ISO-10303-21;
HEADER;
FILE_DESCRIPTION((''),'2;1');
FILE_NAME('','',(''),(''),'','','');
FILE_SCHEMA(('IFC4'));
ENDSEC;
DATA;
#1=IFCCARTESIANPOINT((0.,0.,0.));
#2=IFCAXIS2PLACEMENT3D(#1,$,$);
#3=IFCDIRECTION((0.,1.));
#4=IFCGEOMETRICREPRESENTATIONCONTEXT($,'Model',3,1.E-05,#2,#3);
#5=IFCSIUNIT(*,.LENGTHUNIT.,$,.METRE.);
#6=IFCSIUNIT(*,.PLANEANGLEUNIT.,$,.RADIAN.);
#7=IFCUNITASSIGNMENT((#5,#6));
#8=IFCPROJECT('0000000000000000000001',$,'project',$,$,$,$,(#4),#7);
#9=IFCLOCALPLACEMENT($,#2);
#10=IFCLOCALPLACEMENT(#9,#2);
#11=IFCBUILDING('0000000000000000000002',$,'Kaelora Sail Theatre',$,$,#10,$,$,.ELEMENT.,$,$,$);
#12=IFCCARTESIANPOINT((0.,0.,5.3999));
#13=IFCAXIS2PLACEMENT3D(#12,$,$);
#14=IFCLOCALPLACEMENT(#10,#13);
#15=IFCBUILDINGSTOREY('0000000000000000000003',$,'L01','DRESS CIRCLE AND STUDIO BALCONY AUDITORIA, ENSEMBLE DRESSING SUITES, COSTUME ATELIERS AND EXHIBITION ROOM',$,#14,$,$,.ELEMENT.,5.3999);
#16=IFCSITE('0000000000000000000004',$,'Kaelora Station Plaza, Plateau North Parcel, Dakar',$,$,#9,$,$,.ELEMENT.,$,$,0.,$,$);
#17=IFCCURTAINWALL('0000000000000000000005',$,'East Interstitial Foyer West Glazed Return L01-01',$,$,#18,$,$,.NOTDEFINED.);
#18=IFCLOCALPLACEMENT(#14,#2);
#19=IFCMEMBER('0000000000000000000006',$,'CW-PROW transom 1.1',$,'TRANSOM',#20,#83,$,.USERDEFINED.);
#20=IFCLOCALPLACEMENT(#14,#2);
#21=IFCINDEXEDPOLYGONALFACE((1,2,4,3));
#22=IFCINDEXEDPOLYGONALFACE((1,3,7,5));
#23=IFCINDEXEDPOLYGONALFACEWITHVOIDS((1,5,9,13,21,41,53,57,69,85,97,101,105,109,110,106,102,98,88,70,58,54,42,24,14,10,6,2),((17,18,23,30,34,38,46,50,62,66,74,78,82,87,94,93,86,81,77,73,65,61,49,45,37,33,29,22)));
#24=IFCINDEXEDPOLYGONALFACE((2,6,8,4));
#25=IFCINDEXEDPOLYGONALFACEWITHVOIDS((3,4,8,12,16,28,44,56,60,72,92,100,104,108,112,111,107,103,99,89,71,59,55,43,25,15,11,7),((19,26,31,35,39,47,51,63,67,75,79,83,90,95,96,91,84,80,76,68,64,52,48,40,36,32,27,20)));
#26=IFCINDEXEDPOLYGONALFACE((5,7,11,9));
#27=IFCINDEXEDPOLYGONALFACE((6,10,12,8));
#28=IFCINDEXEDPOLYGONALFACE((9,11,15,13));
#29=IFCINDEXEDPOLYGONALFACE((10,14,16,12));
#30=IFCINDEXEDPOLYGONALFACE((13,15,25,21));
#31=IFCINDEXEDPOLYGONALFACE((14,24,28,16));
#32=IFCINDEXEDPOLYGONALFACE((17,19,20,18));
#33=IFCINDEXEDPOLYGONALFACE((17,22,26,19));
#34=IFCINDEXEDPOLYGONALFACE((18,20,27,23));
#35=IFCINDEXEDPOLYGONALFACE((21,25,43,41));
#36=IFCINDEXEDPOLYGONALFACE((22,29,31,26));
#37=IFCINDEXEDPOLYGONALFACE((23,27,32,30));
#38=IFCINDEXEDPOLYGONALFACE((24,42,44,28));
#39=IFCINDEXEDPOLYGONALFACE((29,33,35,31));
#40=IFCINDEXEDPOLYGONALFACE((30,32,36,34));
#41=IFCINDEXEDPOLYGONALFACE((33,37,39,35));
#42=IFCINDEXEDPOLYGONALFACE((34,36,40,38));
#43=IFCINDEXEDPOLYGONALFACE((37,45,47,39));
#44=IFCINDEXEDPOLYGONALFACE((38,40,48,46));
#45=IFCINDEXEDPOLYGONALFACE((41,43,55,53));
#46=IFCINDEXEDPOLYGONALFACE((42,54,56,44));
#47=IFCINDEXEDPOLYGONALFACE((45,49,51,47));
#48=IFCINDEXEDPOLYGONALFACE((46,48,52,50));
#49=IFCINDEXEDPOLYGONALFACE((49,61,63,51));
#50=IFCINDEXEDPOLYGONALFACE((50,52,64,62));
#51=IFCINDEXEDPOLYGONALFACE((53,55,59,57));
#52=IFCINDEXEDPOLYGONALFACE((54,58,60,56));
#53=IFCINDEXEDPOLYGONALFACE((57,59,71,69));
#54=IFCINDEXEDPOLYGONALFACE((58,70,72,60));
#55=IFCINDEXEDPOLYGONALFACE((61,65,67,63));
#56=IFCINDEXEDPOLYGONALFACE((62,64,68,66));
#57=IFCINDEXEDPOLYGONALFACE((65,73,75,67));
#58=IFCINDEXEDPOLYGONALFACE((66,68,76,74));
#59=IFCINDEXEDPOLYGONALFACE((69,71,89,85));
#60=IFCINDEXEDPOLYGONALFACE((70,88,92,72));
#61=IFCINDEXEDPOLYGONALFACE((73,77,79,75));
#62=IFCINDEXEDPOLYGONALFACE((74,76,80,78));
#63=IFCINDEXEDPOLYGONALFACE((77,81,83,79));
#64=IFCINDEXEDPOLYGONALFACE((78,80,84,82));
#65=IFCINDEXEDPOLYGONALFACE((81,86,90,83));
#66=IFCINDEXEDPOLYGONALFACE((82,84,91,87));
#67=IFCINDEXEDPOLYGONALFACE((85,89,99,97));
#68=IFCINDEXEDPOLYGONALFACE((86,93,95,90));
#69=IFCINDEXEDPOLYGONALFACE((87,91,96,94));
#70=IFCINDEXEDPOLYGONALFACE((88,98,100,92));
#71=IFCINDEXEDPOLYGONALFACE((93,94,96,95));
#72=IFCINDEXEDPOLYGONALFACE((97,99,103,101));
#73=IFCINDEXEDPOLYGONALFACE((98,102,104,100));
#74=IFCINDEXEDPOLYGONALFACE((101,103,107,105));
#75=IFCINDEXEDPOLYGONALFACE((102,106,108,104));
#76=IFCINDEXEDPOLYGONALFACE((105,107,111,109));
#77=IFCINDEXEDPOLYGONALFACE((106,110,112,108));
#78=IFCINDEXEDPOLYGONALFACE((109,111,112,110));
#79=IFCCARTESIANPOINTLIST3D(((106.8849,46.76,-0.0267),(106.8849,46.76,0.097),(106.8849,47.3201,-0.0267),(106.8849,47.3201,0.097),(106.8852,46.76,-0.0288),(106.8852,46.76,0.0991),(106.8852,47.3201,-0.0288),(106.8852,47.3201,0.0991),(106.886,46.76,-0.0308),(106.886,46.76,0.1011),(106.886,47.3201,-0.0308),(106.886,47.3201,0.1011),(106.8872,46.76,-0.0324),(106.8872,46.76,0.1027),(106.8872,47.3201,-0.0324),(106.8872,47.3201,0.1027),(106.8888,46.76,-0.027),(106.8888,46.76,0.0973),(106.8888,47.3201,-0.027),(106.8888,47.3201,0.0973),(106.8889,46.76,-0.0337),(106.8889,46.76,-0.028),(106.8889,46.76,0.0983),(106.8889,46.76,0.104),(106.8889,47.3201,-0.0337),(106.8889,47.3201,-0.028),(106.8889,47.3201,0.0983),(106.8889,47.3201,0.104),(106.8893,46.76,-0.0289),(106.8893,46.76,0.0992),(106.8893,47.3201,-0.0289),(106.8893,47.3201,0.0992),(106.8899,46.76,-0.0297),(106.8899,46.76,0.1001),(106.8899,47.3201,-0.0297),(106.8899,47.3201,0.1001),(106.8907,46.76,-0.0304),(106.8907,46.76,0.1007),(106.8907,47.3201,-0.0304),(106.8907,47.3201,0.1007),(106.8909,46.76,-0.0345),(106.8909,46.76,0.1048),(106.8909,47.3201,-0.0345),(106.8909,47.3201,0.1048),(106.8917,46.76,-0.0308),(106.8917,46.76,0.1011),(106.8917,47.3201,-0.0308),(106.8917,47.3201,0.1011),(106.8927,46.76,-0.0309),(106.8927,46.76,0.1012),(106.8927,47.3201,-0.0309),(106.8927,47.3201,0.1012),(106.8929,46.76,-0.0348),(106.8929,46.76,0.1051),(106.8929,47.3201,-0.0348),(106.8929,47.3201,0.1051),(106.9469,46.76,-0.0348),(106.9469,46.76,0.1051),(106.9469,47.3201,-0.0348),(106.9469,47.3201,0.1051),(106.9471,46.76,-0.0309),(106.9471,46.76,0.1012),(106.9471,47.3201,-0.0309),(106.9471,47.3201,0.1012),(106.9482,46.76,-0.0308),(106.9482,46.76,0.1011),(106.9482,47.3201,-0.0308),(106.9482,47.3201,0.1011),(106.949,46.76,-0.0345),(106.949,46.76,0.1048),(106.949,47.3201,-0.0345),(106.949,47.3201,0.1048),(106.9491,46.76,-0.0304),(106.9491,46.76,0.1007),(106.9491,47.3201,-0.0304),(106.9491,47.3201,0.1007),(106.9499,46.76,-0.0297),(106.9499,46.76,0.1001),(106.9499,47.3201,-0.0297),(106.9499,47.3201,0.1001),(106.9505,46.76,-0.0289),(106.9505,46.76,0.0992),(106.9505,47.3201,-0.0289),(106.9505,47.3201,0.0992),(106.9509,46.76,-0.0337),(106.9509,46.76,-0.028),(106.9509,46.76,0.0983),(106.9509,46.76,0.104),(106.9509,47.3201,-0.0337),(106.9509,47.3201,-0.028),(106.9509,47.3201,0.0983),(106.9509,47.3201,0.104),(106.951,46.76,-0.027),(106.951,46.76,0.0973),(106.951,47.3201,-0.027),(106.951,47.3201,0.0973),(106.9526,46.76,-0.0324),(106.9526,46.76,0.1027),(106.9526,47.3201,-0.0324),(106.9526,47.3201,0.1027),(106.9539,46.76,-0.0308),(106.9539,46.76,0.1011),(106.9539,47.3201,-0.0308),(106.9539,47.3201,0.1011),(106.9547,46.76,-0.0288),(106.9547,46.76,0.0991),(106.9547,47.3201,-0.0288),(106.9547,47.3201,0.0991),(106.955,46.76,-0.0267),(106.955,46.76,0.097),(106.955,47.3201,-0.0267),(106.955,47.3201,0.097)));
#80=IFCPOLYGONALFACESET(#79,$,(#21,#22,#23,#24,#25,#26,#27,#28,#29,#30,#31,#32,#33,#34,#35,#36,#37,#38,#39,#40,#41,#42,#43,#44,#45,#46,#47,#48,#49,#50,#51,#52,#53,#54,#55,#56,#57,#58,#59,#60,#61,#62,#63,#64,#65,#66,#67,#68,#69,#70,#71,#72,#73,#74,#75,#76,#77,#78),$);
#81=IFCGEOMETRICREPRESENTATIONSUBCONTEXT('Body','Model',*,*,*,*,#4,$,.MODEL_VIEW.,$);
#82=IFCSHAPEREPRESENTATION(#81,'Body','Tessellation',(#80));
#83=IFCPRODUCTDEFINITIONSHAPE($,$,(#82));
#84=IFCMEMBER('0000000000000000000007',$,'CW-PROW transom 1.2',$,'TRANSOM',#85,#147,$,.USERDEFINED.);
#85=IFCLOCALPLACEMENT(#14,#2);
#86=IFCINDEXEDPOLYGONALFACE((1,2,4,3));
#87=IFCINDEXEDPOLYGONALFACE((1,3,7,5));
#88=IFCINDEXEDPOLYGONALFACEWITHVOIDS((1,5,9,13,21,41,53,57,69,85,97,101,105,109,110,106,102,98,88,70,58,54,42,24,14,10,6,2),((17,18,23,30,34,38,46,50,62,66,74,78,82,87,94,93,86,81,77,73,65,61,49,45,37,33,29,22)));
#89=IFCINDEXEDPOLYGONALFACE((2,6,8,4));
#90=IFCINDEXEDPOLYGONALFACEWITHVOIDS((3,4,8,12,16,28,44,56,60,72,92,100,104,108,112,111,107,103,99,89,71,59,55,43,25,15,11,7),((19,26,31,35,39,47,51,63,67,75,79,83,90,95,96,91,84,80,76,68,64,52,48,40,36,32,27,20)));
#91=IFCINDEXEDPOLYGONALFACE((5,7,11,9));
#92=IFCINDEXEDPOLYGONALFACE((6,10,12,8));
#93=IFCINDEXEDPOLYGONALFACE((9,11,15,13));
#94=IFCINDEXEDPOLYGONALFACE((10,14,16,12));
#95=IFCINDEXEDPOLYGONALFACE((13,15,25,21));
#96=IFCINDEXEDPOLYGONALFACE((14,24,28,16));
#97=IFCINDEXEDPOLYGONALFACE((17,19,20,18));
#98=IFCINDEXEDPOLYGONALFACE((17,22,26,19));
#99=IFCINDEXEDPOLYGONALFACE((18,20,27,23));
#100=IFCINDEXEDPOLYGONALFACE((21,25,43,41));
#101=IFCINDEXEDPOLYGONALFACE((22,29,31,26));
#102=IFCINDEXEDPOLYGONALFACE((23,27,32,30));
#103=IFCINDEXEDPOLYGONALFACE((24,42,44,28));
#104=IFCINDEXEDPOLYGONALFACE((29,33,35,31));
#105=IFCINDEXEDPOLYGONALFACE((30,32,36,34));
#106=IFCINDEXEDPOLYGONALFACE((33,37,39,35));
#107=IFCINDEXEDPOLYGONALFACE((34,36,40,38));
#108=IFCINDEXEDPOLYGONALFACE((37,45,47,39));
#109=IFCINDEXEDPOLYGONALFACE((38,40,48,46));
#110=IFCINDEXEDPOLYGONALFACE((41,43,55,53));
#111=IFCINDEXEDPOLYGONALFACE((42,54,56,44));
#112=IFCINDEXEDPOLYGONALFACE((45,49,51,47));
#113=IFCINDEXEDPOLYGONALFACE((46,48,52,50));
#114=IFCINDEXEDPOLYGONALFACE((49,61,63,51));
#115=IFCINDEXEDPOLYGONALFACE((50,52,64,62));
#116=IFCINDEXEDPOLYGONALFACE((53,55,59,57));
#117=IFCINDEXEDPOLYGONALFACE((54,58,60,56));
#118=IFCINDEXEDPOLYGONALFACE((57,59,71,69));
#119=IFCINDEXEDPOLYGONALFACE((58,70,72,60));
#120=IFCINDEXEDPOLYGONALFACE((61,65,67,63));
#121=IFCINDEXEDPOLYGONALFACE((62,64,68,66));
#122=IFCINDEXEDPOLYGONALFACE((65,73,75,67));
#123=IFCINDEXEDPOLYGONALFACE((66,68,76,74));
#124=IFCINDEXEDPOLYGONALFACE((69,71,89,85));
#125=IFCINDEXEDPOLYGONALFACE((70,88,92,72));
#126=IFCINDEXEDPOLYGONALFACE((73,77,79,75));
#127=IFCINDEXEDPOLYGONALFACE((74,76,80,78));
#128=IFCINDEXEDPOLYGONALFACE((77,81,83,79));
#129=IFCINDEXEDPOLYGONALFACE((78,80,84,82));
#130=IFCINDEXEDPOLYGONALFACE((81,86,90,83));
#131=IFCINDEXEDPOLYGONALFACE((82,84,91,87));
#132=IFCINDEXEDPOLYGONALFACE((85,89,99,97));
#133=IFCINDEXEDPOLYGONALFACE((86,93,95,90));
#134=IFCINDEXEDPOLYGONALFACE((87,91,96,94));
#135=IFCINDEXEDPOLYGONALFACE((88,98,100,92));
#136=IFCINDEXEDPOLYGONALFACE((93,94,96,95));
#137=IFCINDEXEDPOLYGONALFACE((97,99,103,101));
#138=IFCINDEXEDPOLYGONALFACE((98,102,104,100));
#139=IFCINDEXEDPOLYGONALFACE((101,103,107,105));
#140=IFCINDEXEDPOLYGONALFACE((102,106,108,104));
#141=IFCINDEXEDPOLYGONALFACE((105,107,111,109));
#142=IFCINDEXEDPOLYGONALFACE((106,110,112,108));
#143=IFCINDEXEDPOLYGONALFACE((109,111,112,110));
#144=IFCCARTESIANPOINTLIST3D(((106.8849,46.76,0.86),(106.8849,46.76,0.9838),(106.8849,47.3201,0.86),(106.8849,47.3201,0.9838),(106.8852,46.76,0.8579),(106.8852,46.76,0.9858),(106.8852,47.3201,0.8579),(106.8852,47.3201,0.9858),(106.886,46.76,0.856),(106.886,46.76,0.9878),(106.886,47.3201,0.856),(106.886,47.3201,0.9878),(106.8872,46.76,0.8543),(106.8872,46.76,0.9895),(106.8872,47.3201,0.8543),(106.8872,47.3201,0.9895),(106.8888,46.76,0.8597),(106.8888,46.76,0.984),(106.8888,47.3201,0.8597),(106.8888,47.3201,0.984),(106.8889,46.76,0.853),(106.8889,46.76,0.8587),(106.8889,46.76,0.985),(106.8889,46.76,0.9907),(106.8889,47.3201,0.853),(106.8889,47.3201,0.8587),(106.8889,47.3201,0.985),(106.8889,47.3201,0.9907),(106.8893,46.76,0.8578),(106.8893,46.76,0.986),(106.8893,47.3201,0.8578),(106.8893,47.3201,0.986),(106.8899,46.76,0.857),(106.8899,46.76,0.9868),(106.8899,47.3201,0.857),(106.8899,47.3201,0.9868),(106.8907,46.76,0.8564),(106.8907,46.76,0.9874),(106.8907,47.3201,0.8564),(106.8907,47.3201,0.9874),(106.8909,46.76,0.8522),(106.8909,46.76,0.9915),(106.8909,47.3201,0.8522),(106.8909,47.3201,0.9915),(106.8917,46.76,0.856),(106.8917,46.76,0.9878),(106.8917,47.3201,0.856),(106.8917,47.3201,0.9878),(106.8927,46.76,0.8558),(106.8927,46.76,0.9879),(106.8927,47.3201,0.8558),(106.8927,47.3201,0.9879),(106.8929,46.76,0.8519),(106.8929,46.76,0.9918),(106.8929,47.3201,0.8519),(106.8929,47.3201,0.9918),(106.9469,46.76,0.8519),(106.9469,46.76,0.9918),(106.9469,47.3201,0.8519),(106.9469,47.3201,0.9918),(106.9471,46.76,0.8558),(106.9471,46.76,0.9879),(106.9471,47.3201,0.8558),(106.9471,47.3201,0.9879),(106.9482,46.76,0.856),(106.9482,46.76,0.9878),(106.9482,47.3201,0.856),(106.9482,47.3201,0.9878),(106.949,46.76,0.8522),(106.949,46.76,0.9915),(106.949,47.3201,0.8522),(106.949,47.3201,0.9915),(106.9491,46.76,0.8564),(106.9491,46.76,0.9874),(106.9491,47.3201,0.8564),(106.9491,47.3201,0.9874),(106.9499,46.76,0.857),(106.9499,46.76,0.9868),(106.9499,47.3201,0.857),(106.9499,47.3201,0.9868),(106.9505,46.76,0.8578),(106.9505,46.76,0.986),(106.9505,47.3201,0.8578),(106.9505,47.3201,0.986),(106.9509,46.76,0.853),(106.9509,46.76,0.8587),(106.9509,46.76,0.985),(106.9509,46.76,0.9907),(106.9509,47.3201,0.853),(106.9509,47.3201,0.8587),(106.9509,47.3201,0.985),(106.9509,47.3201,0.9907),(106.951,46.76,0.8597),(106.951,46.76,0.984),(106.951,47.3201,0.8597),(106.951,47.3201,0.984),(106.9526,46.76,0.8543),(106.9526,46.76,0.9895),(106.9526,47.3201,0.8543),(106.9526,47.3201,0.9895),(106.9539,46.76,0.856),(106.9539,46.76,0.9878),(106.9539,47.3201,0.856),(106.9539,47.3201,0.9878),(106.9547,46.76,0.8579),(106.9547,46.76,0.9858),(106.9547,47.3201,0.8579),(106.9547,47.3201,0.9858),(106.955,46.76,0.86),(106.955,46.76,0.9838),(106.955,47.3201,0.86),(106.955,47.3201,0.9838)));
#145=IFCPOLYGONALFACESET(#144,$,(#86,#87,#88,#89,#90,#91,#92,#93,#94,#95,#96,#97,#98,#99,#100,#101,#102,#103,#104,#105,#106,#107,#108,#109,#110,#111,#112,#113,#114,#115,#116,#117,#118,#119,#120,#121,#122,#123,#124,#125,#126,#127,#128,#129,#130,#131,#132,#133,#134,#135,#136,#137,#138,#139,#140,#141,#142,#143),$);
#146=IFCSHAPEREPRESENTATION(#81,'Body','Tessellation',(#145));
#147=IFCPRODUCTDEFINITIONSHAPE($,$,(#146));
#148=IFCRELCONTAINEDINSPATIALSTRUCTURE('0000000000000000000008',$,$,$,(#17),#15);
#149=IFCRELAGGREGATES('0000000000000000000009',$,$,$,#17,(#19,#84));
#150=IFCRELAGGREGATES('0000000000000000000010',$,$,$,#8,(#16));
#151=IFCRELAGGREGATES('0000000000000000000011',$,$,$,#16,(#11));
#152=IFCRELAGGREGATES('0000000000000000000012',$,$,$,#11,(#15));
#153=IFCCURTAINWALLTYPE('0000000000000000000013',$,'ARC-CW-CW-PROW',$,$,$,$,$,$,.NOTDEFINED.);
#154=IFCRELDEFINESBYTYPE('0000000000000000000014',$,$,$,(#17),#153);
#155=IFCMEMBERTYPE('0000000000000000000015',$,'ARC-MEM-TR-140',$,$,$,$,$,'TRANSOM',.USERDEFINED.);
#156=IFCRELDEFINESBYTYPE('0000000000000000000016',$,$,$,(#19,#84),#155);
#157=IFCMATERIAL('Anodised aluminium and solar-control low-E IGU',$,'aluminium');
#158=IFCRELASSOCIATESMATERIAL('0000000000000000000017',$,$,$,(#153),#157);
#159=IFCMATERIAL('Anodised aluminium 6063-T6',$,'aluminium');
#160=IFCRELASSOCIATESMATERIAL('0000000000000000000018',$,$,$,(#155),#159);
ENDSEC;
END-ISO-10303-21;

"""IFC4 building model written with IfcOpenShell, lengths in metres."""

from ifc_helpers import new_model, si_unit, direction, frame, origin, origin_2d, place, context, subcontext, project, spatial, hollow_rectangle, extrude, material, material_profile, profile_set, type_object, element, aggregate, save


model = new_model("IFC4")

# Units and contexts
model_context = context("Model", 3, precision=1e-05, world=origin(), true_north=direction((0.0, 1.0)))
body_context = subcontext(model_context, "Body", "Model", "MODEL_VIEW")
ifc_project = project(units=[si_unit("LENGTHUNIT", "METRE"), si_unit("PLANEANGLEUNIT", "RADIAN")], contexts=[model_context])

# Site, building, storey
site_placement = place(None, origin())
site = spatial("IfcSite", under=ifc_project, at=site_placement, Name="Kaelora Station Plaza, Plateau North Parcel, Dakar", CompositionType="ELEMENT", RefElevation=0.0)
building_placement = place(site_placement, origin())
building = spatial("IfcBuilding", under=site, at=building_placement, Name="Kaelora Sail Theatre", CompositionType="ELEMENT")
storey_placement = place(building_placement, frame((0.0, 0.0, 5.3999)))
storey = spatial("IfcBuildingStorey", under=building, at=storey_placement, Name="L01", Description="DRESS CIRCLE AND STUDIO BALCONY AUDITORIA, ENSEMBLE DRESSING SUITES, COSTUME ATELIERS AND EXHIBITION ROOM", CompositionType="ELEMENT", Elevation=5.3999)

# Shared definitions
ifc_material_1 = material(Name="Anodised aluminium and solar-control low-E IGU", Category="aluminium")
curtain_wall_type = type_object("IfcCurtainWallType", Name="ARC-CW-CW-PROW", PredefinedType="NOTDEFINED", material=ifc_material_1)

# Curtain wall
curtain_wall_1_placement = place(storey_placement, origin())
curtain_wall_1 = element("IfcCurtainWall", 1, at=curtain_wall_1_placement, inside=storey, type_object=curtain_wall_type, Name="East Interstitial Foyer West Glazed Return L01-01", PredefinedType="NOTDEFINED")

# Members
ifc_material_2 = material(Name="Anodised aluminium 6063-T6", Category="aluminium")
ifc_material_profile_1 = material_profile(ifc_material_2, hollow_rectangle(XDim=0.0701, YDim=0.1399, WallThickness=0.0039, InnerFilletRadius=0.0039, OuterFilletRadius=0.0081, at=origin_2d()), Name="ALU-TRAN 70x140x4")
ifc_profile_set_1 = profile_set([ifc_material_profile_1], Name="Anodised aluminium 6063-T6")
member_type_1 = type_object("IfcMemberType", Name="ARC-MEM-TR-140", ElementType="TRANSOM", PredefinedType="USERDEFINED", material=ifc_profile_set_1)
member_1_placement = place(storey_placement, frame((106.9199, 46.76, 0.0352), z_axis=(0.0, 1.0, 0.0), x_axis=(-1.0, 0.0, 0.0)))
member_1 = element("IfcMember", 2, at=member_1_placement, type_object=member_type_1, Name="CW-PROW transom 1.1", ObjectType="TRANSOM", PredefinedType="USERDEFINED", context=body_context, shape_type="SweptSolid", body=[
    extrude(hollow_rectangle(XDim=0.0701, YDim=0.1399, WallThickness=0.0039, InnerFilletRadius=0.0039, OuterFilletRadius=0.0081, at=origin_2d()), origin(), (0.0, 0.0, 1.0), 0.5601),
])
member_2_placement = place(storey_placement, frame((106.9199, 46.76, 0.9219), z_axis=(0.0, 1.0, 0.0), x_axis=(-1.0, 0.0, 0.0)))
member_2 = element("IfcMember", 3, at=member_2_placement, type_object=member_type_1, Name="CW-PROW transom 1.2", ObjectType="TRANSOM", PredefinedType="USERDEFINED", context=body_context, shape_type="SweptSolid", body=[
    extrude(hollow_rectangle(XDim=0.0701, YDim=0.1399, WallThickness=0.0039, InnerFilletRadius=0.0039, OuterFilletRadius=0.0081, at=origin_2d()), origin(), (0.0, 0.0, 1.0), 0.5601),
])

aggregate(curtain_wall_1, [member_1, member_2])

save(model, "model.ifc")
